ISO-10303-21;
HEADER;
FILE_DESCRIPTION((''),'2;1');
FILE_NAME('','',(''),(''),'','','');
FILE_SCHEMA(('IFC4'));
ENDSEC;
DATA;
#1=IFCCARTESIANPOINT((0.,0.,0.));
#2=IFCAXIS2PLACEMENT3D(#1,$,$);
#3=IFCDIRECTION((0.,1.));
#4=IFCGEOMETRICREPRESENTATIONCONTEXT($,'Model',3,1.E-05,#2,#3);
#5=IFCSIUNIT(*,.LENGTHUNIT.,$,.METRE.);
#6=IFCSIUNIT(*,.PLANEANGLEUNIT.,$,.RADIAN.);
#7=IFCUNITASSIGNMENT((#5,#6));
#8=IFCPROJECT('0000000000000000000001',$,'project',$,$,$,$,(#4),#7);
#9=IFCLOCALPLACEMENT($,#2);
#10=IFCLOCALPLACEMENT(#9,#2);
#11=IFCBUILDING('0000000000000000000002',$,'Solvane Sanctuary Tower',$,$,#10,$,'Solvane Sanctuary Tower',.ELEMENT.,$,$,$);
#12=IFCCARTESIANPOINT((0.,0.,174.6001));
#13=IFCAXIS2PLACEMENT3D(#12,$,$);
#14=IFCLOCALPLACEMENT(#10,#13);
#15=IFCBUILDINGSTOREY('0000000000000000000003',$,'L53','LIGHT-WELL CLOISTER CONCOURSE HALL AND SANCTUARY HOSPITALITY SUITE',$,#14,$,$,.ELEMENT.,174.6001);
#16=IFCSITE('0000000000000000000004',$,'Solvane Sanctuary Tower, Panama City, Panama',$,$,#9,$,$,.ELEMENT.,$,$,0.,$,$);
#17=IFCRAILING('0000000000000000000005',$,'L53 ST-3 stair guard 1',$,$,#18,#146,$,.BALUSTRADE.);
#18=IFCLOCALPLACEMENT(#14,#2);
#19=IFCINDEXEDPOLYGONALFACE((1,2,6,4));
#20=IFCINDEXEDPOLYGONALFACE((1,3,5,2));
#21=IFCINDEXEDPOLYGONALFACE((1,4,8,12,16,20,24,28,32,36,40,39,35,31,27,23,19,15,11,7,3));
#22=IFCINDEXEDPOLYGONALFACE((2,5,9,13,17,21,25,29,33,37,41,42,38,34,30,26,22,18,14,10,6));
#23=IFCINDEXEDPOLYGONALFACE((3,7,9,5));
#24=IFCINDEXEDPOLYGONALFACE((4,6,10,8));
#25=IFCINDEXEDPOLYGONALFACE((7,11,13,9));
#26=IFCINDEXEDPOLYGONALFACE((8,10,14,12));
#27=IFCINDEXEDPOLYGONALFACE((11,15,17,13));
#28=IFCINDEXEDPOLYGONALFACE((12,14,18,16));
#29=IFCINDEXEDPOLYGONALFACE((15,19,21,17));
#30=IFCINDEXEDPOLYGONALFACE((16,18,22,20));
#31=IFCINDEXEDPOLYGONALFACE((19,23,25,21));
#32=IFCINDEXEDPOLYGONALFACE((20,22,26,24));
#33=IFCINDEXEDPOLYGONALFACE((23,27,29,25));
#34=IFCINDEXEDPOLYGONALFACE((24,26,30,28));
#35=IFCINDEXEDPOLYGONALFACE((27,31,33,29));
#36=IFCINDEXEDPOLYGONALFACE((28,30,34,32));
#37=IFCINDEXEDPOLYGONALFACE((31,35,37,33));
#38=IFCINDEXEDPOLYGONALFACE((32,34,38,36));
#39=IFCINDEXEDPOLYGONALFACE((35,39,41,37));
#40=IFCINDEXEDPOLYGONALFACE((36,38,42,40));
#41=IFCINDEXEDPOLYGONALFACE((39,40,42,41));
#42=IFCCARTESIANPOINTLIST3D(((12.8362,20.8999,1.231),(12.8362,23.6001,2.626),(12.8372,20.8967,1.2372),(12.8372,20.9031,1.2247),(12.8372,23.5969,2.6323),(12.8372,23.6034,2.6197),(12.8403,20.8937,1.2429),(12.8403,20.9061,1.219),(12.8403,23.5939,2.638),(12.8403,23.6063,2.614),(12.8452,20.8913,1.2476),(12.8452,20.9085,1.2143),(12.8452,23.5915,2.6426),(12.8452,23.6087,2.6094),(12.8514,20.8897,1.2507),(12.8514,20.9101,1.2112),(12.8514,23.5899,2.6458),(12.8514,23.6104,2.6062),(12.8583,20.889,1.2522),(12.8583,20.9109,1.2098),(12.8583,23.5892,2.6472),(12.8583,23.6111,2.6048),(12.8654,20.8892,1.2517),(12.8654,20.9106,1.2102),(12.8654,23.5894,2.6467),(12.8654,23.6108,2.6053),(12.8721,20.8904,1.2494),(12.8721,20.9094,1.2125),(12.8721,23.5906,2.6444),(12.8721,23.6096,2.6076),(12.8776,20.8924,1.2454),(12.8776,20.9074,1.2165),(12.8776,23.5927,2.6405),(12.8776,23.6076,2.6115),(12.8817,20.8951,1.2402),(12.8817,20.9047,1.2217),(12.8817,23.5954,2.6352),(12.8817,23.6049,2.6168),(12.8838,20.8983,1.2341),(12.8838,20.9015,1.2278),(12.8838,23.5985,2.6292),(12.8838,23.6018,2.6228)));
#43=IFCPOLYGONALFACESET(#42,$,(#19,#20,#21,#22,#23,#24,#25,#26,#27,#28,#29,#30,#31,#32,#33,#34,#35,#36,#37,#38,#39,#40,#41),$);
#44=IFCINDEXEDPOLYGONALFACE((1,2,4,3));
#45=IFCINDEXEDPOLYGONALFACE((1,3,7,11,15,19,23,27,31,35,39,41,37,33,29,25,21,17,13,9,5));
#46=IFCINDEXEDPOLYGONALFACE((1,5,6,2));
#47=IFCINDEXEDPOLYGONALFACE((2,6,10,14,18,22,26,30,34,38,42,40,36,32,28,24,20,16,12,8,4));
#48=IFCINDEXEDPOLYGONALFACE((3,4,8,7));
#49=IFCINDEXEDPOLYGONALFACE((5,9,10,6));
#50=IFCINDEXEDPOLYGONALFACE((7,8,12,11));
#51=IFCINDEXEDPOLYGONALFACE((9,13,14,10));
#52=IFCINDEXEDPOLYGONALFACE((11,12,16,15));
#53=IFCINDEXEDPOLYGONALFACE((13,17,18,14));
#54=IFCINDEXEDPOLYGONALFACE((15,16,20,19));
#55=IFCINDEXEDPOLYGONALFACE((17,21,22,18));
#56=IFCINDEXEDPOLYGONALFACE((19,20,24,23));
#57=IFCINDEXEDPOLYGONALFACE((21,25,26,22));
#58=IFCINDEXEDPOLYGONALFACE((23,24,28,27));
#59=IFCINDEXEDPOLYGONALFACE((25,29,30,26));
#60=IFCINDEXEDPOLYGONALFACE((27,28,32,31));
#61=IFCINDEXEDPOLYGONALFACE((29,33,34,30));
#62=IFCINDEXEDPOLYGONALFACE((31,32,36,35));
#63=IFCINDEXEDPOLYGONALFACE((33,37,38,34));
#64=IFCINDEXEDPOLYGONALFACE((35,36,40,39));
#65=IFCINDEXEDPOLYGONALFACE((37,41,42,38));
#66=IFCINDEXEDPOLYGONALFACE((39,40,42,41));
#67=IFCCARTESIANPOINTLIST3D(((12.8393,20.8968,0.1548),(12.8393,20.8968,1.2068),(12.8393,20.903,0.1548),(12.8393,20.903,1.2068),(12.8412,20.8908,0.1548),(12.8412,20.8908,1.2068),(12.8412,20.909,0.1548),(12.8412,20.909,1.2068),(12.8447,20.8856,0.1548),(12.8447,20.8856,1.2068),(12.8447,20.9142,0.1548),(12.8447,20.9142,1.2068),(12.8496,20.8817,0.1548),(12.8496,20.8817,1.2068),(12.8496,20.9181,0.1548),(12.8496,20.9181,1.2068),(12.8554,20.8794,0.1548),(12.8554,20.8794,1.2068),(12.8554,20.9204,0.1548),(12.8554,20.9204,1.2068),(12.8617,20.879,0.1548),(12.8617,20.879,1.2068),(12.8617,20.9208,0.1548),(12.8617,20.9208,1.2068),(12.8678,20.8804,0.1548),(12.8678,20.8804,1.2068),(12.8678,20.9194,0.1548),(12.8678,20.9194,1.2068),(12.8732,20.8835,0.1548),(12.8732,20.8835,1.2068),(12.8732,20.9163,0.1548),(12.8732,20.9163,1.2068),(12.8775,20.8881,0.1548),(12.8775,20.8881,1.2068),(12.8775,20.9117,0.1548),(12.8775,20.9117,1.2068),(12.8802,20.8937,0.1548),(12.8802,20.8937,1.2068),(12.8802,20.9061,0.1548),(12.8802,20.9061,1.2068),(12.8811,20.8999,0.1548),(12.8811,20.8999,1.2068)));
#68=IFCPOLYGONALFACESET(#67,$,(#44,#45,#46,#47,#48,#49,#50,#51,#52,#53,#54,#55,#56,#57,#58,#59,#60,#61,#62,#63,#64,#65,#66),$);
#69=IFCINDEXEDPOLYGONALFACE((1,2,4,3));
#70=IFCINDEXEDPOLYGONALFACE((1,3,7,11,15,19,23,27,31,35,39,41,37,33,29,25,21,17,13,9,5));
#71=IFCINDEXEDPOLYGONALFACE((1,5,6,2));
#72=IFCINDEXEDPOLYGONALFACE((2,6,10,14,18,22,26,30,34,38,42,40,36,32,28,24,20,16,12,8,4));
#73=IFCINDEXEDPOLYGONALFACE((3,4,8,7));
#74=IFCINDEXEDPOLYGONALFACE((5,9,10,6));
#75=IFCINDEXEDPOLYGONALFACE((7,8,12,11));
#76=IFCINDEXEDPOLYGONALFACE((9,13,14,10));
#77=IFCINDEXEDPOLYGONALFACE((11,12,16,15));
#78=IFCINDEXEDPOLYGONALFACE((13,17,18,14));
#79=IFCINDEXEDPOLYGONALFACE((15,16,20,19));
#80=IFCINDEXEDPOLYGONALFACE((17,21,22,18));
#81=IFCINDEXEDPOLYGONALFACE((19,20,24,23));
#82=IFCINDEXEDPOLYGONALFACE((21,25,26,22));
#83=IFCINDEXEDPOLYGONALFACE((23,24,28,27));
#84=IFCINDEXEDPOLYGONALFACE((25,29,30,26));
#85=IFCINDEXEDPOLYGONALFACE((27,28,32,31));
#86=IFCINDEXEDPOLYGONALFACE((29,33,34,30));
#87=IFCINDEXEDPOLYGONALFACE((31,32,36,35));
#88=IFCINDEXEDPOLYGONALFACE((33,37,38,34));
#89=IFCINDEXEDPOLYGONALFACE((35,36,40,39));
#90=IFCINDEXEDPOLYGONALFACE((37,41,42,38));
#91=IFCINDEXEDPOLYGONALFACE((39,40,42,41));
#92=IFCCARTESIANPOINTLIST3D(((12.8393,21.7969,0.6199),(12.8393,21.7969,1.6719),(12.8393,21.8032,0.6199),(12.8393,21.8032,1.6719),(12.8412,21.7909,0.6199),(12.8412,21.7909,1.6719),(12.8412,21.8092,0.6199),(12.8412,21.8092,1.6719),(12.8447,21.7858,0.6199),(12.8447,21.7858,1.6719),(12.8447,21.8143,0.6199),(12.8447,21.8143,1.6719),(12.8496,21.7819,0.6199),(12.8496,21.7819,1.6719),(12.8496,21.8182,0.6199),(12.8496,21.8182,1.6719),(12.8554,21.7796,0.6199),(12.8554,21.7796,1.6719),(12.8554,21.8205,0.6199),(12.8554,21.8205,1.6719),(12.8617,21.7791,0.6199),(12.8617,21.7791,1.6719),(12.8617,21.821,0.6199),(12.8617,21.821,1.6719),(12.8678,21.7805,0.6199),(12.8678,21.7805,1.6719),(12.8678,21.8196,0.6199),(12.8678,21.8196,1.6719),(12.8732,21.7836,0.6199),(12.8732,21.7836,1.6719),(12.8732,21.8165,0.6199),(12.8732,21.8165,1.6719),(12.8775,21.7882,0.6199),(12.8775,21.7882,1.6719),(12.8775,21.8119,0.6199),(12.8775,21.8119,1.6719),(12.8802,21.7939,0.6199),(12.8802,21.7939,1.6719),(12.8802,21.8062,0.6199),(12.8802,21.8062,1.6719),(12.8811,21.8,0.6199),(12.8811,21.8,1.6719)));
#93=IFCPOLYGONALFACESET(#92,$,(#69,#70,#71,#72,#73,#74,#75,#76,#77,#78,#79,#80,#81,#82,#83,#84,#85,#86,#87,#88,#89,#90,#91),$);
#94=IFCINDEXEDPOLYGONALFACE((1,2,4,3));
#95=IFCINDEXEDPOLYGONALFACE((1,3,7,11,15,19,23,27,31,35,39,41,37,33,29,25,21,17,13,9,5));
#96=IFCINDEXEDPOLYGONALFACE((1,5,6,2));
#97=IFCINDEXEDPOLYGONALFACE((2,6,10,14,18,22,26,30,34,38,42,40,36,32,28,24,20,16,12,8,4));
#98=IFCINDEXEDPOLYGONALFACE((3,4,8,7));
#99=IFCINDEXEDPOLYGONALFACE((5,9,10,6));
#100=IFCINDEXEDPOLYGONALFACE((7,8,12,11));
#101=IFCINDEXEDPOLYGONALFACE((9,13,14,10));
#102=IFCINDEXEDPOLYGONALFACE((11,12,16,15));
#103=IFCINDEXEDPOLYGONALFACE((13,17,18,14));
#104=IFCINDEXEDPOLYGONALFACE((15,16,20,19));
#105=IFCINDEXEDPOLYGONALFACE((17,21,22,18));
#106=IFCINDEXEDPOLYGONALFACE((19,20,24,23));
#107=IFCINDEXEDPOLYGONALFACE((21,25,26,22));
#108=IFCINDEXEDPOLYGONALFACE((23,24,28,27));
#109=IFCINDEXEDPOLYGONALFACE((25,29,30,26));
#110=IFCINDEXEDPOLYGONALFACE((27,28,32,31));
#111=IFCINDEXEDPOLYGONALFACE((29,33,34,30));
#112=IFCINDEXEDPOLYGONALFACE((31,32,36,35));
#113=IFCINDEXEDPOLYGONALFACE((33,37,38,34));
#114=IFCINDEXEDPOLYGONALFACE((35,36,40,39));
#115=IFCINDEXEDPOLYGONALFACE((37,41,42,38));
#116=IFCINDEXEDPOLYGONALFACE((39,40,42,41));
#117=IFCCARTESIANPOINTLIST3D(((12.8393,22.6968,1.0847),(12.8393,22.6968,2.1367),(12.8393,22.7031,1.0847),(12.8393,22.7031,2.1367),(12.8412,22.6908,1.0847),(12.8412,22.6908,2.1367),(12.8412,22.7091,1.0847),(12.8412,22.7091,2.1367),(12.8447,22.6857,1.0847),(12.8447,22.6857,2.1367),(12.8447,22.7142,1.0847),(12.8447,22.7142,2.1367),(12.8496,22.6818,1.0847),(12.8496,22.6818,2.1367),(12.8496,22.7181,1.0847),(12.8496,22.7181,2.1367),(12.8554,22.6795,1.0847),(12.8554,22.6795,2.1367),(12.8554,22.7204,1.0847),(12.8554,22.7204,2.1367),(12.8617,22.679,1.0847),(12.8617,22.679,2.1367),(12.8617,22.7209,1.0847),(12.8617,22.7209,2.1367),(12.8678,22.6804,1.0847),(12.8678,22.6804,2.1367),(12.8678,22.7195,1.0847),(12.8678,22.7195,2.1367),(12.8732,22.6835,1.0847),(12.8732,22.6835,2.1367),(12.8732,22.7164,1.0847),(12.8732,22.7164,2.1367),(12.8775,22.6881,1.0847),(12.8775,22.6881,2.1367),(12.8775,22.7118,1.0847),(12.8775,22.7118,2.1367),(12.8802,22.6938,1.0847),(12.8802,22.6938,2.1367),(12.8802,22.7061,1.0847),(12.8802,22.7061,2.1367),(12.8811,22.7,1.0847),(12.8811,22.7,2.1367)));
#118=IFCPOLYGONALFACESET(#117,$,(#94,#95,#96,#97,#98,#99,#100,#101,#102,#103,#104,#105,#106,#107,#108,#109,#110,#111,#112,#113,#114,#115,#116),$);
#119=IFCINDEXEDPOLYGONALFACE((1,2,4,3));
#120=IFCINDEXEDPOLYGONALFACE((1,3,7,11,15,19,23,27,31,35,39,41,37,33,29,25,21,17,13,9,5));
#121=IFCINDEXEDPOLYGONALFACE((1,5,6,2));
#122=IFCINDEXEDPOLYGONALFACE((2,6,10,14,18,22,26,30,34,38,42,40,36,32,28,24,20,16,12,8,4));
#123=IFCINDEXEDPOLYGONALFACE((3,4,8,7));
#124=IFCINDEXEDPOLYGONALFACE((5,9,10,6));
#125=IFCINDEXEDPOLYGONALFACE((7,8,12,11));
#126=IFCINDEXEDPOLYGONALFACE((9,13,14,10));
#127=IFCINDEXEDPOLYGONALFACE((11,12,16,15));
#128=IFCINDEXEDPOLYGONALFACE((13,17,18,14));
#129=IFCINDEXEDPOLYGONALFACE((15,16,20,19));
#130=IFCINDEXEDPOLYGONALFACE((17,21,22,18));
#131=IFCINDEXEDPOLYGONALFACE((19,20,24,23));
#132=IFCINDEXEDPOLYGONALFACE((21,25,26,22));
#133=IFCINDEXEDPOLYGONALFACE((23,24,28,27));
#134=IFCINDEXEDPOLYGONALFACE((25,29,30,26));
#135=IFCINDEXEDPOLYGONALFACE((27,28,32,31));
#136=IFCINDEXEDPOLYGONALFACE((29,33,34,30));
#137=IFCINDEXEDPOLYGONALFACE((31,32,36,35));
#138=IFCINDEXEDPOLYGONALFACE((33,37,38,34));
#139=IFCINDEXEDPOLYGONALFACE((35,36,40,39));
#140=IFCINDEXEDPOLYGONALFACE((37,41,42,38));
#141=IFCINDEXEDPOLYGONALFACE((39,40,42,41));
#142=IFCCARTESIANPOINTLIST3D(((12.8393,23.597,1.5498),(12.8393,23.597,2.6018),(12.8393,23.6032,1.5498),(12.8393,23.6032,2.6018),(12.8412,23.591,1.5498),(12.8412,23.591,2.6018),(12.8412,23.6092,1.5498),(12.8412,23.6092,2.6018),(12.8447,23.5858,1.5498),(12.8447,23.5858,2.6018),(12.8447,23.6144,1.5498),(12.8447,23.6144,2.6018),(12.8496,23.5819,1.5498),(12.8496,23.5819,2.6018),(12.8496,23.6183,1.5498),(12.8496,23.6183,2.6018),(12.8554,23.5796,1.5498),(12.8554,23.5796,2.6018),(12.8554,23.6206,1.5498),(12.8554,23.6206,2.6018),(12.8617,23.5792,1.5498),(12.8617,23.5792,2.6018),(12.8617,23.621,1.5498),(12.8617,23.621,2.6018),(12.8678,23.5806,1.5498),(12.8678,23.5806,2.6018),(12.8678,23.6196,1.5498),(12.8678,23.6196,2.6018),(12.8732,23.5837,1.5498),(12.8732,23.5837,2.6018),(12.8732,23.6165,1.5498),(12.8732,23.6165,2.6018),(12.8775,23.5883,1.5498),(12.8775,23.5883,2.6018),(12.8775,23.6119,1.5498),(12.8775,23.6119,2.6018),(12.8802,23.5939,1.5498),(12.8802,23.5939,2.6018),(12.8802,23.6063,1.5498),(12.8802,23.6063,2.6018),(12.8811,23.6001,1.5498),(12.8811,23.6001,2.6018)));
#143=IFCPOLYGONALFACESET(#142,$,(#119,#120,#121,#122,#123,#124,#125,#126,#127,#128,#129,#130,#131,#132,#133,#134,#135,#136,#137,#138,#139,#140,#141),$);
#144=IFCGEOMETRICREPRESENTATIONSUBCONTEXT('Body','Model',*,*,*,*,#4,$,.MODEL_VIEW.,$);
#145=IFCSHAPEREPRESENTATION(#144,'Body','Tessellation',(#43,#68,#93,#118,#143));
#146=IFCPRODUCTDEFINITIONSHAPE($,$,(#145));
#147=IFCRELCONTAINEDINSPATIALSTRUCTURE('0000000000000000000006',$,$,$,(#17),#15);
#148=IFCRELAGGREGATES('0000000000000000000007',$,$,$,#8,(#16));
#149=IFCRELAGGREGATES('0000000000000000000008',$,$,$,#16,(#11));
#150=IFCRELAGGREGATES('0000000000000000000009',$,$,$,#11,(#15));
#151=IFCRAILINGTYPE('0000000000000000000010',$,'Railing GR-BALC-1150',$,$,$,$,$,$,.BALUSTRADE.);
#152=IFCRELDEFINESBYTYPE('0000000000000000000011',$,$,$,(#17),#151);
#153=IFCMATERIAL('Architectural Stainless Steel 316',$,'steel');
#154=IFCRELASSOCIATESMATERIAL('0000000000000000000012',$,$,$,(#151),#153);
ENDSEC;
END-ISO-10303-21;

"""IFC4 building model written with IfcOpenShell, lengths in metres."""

from ifc_helpers import new_model, si_unit, direction, frame, origin, origin_2d, place, context, subcontext, project, spatial, circle, extrude, material, type_object, element, save


model = new_model("IFC4")

# Units and contexts
model_context = context("Model", 3, precision=1e-05, world=origin(), true_north=direction((0.0, 1.0)))
body_context = subcontext(model_context, "Body", "Model", "MODEL_VIEW")
ifc_project = project(units=[si_unit("LENGTHUNIT", "METRE"), si_unit("PLANEANGLEUNIT", "RADIAN")], contexts=[model_context])

# Site, building, storey
site_placement = place(None, origin())
site = spatial("IfcSite", under=ifc_project, at=site_placement, Name="Solvane Sanctuary Tower, Panama City, Panama", CompositionType="ELEMENT", RefElevation=0.0)
building_placement = place(site_placement, origin())
building = spatial("IfcBuilding", under=site, at=building_placement, Name="Solvane Sanctuary Tower", LongName="Solvane Sanctuary Tower", CompositionType="ELEMENT")
storey_placement = place(building_placement, frame((0.0, 0.0, 174.6001)))
storey = spatial("IfcBuildingStorey", under=building, at=storey_placement, Name="L53", Description="LIGHT-WELL CLOISTER CONCOURSE HALL AND SANCTUARY HOSPITALITY SUITE", CompositionType="ELEMENT", Elevation=174.6001)

# Railing
ifc_material_1 = material(Name="Architectural Stainless Steel 316", Category="steel")
railing_type_1 = type_object("IfcRailingType", Name="Railing GR-BALC-1150", PredefinedType="BALUSTRADE", material=ifc_material_1)
railing_1_placement = place(storey_placement, frame((12.8601, 20.8999, 0.1548)))
element("IfcRailing", 1, at=railing_1_placement, inside=storey, type_object=railing_type_1, Name="L53 ST-3 stair guard 1", PredefinedType="BALUSTRADE", context=body_context, shape_type="SweptSolid", body=[
    extrude(circle(Radius=0.0239, at=origin_2d()), frame((0.0, 0.0, 1.0762), z_axis=(0.0, 0.888437, 0.458999), x_axis=(-1.0, 0.0, 0.0)), (0.0, 0.0, 1.0), 3.0393),
    extrude(circle(Radius=0.021, at=origin_2d()), origin(), (0.0, 0.0, 1.0), 1.052),
    extrude(circle(Radius=0.021, at=origin_2d()), frame((0.0, 0.9001, 0.4651)), (0.0, 0.0, 1.0), 1.052),
    extrude(circle(Radius=0.021, at=origin_2d()), frame((0.0, 1.8, 0.9299)), (0.0, 0.0, 1.0), 1.052),
    extrude(circle(Radius=0.021, at=origin_2d()), frame((0.0, 2.7002, 1.395)), (0.0, 0.0, 1.0), 1.052),
])

save(model, "model.ifc")
